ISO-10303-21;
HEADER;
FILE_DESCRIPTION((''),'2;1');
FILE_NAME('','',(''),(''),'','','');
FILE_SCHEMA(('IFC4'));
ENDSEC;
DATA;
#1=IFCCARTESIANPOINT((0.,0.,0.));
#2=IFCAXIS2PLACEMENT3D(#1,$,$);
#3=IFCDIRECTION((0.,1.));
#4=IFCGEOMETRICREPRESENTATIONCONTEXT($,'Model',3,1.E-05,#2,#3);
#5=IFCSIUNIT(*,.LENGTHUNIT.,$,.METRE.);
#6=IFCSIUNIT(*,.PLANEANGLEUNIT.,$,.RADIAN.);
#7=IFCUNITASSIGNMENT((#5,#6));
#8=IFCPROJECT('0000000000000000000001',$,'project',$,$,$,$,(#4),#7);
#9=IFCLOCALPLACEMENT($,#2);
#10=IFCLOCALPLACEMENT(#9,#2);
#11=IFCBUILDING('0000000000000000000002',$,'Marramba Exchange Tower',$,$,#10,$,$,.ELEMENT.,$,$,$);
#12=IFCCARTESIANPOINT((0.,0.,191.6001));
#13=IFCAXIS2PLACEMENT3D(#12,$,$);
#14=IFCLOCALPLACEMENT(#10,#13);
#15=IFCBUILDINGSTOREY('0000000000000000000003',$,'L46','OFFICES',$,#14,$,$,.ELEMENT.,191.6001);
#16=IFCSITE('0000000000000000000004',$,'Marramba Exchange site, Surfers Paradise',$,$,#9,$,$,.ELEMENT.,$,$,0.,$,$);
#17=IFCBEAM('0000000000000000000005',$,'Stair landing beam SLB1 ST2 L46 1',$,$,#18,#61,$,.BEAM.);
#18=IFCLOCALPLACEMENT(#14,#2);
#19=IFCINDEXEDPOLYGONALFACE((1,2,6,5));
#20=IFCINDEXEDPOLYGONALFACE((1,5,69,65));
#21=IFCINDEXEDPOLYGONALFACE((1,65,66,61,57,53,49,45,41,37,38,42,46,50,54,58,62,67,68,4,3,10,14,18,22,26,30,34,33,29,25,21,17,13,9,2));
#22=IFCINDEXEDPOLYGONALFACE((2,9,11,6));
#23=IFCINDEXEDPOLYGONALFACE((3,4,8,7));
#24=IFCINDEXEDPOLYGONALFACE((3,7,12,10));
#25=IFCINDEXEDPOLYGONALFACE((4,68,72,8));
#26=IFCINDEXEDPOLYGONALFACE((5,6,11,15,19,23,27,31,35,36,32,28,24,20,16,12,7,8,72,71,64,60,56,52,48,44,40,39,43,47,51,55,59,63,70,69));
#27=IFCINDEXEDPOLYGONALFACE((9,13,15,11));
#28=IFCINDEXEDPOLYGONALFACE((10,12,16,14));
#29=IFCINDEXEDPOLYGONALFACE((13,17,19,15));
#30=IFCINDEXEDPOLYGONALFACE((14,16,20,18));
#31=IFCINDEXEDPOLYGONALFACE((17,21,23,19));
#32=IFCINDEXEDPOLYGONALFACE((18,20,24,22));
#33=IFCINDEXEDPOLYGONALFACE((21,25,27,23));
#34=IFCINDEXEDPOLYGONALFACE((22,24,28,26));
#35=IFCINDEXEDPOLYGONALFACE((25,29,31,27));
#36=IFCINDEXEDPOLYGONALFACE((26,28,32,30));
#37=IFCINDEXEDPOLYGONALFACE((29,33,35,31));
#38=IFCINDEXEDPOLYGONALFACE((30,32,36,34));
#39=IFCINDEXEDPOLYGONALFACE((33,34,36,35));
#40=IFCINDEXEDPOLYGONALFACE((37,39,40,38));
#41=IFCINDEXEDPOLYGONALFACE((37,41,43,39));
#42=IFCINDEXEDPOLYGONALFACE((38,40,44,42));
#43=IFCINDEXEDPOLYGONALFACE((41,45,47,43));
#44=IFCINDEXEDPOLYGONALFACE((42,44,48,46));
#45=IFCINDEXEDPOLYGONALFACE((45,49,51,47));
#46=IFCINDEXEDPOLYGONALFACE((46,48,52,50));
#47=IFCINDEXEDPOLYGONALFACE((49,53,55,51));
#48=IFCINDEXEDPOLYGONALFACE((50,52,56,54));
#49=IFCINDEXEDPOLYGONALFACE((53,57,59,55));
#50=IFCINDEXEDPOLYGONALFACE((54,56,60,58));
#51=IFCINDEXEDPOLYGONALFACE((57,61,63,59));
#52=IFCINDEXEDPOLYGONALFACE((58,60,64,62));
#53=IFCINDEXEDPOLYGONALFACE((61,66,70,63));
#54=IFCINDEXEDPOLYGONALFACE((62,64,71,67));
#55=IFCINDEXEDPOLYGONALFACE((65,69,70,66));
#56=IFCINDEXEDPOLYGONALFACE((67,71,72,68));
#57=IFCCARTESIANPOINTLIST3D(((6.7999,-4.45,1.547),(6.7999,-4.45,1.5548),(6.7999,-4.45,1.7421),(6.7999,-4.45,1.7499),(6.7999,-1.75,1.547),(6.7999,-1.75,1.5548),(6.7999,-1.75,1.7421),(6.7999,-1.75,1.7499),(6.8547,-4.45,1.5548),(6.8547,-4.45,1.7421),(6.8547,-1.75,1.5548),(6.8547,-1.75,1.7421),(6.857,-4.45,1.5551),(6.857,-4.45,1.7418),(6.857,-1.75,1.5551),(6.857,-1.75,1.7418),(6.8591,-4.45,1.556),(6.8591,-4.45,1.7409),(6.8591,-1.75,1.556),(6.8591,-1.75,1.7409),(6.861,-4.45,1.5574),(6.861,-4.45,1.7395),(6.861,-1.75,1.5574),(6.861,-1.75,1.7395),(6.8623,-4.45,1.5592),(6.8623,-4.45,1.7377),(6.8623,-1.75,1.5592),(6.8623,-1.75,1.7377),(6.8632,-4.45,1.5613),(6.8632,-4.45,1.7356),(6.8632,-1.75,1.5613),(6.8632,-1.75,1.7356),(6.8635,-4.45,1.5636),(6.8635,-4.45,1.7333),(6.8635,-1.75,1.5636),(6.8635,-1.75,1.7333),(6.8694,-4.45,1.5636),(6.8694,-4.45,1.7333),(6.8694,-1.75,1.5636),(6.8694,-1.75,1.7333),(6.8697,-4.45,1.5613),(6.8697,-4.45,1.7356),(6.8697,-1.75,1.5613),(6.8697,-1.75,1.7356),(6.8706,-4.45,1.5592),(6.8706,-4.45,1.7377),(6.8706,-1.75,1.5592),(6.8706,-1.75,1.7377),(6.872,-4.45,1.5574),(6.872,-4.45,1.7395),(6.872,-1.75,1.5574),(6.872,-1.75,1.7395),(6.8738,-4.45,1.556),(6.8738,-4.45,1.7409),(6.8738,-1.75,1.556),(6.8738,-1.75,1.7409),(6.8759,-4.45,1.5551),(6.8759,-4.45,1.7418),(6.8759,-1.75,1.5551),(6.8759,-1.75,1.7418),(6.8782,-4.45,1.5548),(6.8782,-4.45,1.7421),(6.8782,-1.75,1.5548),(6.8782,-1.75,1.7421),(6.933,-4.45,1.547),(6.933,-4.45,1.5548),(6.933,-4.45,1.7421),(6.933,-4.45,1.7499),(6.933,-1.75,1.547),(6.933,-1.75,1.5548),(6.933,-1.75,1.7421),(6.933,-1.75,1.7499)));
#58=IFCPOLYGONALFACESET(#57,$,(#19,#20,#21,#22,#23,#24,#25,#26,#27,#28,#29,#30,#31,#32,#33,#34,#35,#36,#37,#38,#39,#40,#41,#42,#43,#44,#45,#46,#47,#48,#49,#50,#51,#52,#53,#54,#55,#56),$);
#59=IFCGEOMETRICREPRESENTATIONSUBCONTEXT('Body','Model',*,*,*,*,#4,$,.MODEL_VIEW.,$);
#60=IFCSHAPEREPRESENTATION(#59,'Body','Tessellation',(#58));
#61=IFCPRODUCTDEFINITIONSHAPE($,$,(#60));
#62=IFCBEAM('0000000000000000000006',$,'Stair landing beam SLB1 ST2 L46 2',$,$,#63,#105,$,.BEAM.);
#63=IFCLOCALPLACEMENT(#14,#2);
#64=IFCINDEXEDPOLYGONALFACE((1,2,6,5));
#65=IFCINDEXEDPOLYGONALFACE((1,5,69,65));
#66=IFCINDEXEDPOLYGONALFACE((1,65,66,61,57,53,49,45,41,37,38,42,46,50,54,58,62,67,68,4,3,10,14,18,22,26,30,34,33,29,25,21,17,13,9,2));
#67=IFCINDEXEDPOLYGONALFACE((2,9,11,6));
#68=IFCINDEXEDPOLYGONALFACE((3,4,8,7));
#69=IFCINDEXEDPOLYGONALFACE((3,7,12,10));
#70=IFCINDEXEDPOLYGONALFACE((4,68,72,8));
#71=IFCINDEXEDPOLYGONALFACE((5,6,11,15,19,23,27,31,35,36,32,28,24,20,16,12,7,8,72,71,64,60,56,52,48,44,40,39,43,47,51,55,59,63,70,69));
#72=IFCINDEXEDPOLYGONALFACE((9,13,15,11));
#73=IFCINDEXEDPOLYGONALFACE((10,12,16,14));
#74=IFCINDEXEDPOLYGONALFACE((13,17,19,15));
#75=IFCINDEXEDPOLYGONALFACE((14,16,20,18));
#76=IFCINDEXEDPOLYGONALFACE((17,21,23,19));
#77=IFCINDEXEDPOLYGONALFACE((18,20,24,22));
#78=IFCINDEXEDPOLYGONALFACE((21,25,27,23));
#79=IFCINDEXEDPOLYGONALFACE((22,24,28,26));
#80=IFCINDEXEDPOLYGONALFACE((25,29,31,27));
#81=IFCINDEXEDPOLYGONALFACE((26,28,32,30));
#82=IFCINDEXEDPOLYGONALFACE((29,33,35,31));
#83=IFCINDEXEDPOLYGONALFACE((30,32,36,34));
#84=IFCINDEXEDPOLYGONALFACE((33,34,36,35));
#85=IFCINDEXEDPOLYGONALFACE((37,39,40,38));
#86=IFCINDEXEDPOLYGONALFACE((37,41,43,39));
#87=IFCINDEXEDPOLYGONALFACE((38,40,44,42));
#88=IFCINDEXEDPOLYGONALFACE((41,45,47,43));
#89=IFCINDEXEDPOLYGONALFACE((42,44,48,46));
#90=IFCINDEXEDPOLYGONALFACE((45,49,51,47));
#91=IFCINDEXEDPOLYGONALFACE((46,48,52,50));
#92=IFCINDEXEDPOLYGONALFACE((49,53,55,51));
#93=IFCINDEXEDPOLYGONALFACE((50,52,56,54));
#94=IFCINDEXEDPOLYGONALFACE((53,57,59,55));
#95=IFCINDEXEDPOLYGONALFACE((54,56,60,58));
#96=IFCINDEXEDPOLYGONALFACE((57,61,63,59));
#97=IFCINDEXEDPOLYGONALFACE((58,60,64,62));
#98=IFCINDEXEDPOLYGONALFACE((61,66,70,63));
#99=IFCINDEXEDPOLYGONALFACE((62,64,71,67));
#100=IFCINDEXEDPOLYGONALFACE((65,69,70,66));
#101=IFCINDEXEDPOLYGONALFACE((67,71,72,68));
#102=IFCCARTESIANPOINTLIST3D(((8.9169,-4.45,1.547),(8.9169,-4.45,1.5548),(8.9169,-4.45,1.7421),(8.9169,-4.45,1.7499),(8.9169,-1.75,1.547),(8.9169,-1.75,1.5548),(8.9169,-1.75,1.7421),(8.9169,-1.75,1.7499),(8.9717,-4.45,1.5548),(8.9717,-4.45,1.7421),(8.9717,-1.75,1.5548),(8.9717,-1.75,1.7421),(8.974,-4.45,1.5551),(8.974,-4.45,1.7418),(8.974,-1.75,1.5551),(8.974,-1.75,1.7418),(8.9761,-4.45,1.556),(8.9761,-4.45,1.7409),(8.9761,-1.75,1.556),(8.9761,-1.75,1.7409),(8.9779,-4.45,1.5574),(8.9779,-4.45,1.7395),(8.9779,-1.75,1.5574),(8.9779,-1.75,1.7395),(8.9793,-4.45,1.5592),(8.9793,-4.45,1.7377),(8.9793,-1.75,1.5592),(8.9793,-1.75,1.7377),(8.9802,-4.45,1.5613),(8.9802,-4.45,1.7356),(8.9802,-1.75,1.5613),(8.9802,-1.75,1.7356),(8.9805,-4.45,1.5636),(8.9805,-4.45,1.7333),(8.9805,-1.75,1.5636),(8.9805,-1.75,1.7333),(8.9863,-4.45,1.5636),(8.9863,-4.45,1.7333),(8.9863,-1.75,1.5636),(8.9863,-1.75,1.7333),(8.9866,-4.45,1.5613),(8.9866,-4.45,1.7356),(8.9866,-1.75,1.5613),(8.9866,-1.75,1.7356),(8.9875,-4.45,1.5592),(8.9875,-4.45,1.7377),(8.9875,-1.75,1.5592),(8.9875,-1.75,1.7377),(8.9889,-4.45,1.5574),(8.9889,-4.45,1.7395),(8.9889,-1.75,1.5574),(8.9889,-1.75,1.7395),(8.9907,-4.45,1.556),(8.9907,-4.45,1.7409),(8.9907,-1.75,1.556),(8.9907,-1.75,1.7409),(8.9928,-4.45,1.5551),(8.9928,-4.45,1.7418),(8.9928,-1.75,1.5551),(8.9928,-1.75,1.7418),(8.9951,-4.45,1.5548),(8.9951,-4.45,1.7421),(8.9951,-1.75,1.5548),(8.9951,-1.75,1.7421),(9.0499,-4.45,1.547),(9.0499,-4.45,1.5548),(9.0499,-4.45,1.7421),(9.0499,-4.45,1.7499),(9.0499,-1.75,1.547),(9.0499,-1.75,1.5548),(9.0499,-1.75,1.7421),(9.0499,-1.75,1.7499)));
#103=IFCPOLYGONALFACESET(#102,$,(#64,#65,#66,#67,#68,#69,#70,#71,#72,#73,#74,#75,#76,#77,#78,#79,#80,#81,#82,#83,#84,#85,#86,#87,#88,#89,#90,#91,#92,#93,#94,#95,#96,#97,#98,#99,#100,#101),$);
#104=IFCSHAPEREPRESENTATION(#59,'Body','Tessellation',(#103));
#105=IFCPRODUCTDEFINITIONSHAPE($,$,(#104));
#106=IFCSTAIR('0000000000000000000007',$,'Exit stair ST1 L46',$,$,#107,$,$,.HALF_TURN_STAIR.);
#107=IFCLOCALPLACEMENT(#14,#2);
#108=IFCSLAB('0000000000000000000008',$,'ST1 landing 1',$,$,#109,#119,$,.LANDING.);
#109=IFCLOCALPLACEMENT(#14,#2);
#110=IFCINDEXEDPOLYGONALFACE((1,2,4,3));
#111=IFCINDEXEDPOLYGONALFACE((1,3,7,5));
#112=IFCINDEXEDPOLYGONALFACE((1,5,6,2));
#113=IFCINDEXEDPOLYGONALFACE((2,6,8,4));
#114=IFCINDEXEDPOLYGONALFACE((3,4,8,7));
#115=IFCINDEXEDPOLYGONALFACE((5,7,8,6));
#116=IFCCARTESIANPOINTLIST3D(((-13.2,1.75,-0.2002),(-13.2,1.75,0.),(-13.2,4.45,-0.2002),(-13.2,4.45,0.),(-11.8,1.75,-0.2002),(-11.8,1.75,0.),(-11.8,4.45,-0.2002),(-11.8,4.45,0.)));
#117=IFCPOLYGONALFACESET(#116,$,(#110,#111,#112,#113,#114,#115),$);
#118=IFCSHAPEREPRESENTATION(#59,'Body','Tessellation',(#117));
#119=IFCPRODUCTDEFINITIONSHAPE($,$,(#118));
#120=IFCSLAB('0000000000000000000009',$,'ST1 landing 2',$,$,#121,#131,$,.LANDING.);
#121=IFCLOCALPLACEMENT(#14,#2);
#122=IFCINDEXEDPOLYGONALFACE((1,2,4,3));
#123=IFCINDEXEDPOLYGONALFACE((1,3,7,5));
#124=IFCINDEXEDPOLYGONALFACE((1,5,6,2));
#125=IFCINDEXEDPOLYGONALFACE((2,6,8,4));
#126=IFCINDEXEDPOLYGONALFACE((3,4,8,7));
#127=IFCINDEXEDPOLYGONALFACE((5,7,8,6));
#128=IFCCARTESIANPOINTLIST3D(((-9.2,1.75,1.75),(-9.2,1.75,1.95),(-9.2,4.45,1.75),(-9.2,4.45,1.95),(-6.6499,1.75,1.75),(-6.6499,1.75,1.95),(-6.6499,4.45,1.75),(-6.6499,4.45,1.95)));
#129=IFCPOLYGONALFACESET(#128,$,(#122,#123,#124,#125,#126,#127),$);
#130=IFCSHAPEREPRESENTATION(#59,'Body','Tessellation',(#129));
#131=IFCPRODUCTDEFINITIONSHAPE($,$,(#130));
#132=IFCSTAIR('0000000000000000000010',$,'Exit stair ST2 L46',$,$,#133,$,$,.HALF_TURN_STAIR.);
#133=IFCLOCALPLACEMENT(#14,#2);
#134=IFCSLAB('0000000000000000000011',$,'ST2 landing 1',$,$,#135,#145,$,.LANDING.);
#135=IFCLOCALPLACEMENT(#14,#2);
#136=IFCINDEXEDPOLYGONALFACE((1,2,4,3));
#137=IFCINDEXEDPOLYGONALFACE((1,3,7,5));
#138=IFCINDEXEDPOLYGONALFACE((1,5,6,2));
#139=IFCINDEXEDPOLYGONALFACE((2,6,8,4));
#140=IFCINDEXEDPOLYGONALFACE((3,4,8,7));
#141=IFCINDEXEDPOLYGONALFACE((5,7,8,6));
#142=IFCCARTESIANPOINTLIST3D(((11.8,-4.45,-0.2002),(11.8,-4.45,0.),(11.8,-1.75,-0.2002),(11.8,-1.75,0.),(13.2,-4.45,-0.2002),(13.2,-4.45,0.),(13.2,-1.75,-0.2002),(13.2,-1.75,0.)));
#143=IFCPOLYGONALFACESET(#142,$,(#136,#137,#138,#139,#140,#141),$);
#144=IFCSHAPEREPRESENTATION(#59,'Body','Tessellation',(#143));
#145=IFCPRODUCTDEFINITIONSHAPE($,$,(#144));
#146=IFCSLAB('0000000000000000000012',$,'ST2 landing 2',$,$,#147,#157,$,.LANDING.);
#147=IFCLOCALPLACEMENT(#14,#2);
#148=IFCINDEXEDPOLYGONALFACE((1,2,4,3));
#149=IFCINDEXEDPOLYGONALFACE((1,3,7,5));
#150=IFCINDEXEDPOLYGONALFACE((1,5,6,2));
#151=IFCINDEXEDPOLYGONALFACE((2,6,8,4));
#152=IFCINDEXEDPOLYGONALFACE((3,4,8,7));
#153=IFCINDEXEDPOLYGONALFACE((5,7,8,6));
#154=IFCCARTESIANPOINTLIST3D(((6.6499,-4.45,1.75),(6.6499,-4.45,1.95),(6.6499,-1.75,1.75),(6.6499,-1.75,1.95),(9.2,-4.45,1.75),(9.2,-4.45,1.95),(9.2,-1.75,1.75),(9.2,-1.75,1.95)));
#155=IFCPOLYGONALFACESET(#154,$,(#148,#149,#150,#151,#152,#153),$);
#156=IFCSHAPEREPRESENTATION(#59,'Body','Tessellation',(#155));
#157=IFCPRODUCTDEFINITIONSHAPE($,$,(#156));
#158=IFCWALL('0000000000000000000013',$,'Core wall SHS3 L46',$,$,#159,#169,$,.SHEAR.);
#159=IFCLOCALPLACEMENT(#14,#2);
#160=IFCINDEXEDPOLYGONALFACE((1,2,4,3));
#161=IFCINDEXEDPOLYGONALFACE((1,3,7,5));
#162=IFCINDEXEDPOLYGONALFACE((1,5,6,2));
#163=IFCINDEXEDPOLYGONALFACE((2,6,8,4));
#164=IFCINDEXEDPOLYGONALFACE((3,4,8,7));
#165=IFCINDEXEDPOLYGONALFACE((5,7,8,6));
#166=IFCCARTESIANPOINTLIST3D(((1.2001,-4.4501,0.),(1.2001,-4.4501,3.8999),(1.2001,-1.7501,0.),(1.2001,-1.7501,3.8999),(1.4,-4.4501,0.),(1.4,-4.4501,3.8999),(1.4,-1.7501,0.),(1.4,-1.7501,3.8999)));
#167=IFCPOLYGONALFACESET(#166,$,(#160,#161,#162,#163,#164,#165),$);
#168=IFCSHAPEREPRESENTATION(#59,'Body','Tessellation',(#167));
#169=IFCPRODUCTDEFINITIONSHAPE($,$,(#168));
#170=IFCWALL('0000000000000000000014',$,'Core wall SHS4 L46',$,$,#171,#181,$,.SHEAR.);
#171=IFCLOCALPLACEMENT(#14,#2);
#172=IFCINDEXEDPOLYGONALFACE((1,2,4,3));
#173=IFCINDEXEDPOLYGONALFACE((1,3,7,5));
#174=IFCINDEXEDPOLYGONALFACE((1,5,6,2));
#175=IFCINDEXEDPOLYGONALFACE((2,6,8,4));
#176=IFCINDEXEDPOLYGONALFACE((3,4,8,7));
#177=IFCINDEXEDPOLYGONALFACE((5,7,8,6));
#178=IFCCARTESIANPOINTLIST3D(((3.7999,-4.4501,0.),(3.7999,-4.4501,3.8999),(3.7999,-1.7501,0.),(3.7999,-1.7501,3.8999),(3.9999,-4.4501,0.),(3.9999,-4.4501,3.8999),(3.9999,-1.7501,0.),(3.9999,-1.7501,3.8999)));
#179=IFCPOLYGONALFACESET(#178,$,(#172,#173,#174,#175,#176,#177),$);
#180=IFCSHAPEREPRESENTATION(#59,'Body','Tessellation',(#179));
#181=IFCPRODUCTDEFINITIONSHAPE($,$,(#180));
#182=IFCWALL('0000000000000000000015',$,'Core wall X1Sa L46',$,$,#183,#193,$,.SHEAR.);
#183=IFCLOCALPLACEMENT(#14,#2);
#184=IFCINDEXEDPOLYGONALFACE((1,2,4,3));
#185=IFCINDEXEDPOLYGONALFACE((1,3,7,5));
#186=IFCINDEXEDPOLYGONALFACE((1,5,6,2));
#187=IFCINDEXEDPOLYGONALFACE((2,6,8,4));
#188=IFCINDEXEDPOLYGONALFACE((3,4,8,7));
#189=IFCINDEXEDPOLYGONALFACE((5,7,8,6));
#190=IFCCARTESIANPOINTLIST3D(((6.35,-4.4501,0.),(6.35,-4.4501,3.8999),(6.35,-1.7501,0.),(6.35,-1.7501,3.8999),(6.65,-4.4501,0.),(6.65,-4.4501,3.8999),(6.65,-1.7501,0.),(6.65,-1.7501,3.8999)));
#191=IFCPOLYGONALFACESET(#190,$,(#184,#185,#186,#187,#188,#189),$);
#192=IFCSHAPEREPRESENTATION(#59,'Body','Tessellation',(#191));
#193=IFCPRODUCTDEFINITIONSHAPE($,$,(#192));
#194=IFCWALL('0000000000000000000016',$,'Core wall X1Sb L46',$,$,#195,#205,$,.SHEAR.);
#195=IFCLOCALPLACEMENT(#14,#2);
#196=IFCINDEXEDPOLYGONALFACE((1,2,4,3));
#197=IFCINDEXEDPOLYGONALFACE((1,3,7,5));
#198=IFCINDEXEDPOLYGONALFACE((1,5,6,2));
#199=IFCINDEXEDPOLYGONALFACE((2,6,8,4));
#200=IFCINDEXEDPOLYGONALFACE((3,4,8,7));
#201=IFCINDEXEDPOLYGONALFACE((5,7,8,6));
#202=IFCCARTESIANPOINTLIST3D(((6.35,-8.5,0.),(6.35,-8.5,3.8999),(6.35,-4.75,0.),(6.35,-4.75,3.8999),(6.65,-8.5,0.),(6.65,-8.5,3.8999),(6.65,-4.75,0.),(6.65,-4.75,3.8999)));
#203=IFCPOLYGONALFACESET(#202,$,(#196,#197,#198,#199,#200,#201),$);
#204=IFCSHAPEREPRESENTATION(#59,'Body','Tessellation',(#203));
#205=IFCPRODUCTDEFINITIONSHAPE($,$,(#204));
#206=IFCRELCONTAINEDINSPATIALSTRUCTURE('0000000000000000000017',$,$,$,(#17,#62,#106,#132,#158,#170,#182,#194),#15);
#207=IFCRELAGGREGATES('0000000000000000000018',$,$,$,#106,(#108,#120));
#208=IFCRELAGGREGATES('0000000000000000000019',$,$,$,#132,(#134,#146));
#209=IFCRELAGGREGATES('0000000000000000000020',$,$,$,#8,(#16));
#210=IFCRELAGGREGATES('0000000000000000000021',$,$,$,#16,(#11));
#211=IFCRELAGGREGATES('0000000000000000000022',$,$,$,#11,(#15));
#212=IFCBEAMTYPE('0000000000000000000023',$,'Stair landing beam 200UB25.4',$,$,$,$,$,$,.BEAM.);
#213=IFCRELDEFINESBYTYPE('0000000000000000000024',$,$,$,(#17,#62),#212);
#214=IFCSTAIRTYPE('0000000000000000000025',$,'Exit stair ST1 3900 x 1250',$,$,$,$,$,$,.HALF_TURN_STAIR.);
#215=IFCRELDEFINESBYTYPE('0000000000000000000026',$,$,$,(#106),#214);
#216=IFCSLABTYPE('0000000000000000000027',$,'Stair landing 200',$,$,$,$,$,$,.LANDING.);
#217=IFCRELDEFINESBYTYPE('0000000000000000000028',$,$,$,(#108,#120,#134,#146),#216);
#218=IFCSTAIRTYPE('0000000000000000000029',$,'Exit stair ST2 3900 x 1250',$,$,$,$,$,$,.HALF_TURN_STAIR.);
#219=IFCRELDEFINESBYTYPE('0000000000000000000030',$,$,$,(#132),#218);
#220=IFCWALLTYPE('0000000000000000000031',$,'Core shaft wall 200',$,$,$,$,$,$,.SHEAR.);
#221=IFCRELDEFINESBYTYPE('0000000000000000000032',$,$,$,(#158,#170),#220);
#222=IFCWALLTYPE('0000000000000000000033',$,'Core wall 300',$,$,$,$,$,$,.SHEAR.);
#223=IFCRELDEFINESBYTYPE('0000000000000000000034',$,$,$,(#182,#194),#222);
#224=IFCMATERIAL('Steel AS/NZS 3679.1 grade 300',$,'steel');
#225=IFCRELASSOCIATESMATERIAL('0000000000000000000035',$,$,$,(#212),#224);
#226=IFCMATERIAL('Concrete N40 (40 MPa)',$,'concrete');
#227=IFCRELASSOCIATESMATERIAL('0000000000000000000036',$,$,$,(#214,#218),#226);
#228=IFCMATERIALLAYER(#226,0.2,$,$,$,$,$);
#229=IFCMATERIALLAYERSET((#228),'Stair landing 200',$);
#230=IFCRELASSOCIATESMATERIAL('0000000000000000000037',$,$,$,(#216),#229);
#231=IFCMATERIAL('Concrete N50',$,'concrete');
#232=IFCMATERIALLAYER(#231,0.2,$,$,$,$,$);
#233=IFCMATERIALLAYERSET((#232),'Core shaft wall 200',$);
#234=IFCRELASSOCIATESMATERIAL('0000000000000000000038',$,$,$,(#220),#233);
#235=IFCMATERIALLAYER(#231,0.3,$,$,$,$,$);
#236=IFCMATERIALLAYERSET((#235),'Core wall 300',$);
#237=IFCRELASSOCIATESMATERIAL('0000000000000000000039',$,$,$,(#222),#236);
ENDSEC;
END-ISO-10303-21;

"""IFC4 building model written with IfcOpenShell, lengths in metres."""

from ifc_helpers import new_model, si_unit, direction, frame, frame_2d, origin, origin_2d, place, context, subcontext, project, spatial, polyline, rectangle, i_section, outline, extrude, material, layer, layer_set, material_profile, profile_set, type_object, element, aggregate, save


model = new_model("IFC4")

# Units and contexts
model_context = context("Model", 3, precision=1e-05, world=origin(), true_north=direction((0.0, 1.0)))
body_context = subcontext(model_context, "Body", "Model", "MODEL_VIEW")
ifc_project = project(units=[si_unit("LENGTHUNIT", "METRE"), si_unit("PLANEANGLEUNIT", "RADIAN")], contexts=[model_context])

# Site, building, storey
site_placement = place(None, origin())
site = spatial("IfcSite", under=ifc_project, at=site_placement, Name="Marramba Exchange site, Surfers Paradise", CompositionType="ELEMENT", RefElevation=0.0)
building_placement = place(site_placement, origin())
building = spatial("IfcBuilding", under=site, at=building_placement, Name="Marramba Exchange Tower", CompositionType="ELEMENT")
storey_placement = place(building_placement, frame((0.0, 0.0, 191.6001)))
storey = spatial("IfcBuildingStorey", under=building, at=storey_placement, Name="L46", Description="OFFICES", CompositionType="ELEMENT", Elevation=191.6001)

# Beams
ifc_material_1 = material(Name="Steel AS/NZS 3679.1 grade 300", Category="steel")
ifc_material_profile_1 = material_profile(ifc_material_1, i_section(OverallWidth=0.1331, OverallDepth=0.2029, WebThickness=0.0059, FlangeThickness=0.0078, FilletRadius=0.0088, at=origin_2d()), Name="200UB25.4")
ifc_profile_set_1 = profile_set([ifc_material_profile_1], Name="Steel AS/NZS 3679.1 grade 300")
beam_type_1 = type_object("IfcBeamType", Name="Stair landing beam 200UB25.4", PredefinedType="BEAM", material=ifc_profile_set_1)
for number, where, z_axis, x_axis, name in (
    (1, (6.8665, -4.45, 1.6484), (0.0, 1.0, 0.0), (-1.0, 0.0, 0.0), "Stair landing beam SLB1 ST2 L46 1"),
    (2, (8.9834, -4.45, 1.6484), (0.0, 1.0, 0.0), (-1.0, 0.0, 0.0), "Stair landing beam SLB1 ST2 L46 2"),
):
    element("IfcBeam", number, at=place(storey_placement, frame(where, z_axis=z_axis, x_axis=x_axis)), inside=storey, type_object=beam_type_1, Name=name, PredefinedType="BEAM", context=body_context, shape_type="SweptSolid", body=[
        extrude(i_section(OverallWidth=0.1331, OverallDepth=0.2029, WebThickness=0.0059, FlangeThickness=0.0078, FilletRadius=0.0088, at=origin_2d()), origin(), (0.0, 0.0, 1.0), 2.7),
    ])

# Stairs, slabs
ifc_material_2 = material(Name="Concrete N40 (40 MPa)", Category="concrete")
stair_type_1 = type_object("IfcStairType", Name="Exit stair ST1 3900 x 1250", PredefinedType="HALF_TURN_STAIR", material=ifc_material_2)
stair_1_placement = place(storey_placement, origin())
stair_1 = element("IfcStair", 3, at=stair_1_placement, inside=storey, type_object=stair_type_1, Name="Exit stair ST1 L46", PredefinedType="HALF_TURN_STAIR")
ifc_layer_1 = layer(ifc_material_2, 0.2)
ifc_layer_set_1 = layer_set([ifc_layer_1], Name="Stair landing 200")
slab_type = type_object("IfcSlabType", Name="Stair landing 200", PredefinedType="LANDING", material=ifc_layer_set_1)
slab_1_placement = place(storey_placement, frame((0.0, 0.0, -0.2002)))
slab_1 = element("IfcSlab", 4, at=slab_1_placement, type_object=slab_type, Name="ST1 landing 1", PredefinedType="LANDING", context=body_context, shape_type="SweptSolid", body=[
    extrude(outline(polyline([(-13.2, 1.75), (-11.8, 1.75), (-11.8, 4.45), (-13.2, 4.45), (-13.2, 1.75)])), origin(), (0.0, 0.0, 1.0), 0.2002),
])
slab_2_placement = place(storey_placement, frame((0.0, 0.0, 1.75)))
slab_2 = element("IfcSlab", 5, at=slab_2_placement, type_object=slab_type, Name="ST1 landing 2", PredefinedType="LANDING", context=body_context, shape_type="SweptSolid", body=[
    extrude(outline(polyline([(-9.2, 1.75), (-6.6499, 1.75), (-6.6499, 4.45), (-9.2, 4.45), (-9.2, 1.75)])), origin(), (0.0, 0.0, 1.0), 0.2),
])
aggregate(stair_1, [slab_1, slab_2])
stair_type_2 = type_object("IfcStairType", Name="Exit stair ST2 3900 x 1250", PredefinedType="HALF_TURN_STAIR", material=ifc_material_2)
stair_2_placement = place(storey_placement, origin())
stair_2 = element("IfcStair", 6, at=stair_2_placement, inside=storey, type_object=stair_type_2, Name="Exit stair ST2 L46", PredefinedType="HALF_TURN_STAIR")
slab_3_placement = place(storey_placement, frame((0.0, 0.0, -0.2002)))
slab_3 = element("IfcSlab", 7, at=slab_3_placement, type_object=slab_type, Name="ST2 landing 1", PredefinedType="LANDING", context=body_context, shape_type="SweptSolid", body=[
    extrude(outline(polyline([(11.8, -4.45), (13.2, -4.45), (13.2, -1.75), (11.8, -1.75), (11.8, -4.45)])), origin(), (0.0, 0.0, 1.0), 0.2002),
])
slab_4_placement = place(storey_placement, frame((0.0, 0.0, 1.75)))
slab_4 = element("IfcSlab", 8, at=slab_4_placement, type_object=slab_type, Name="ST2 landing 2", PredefinedType="LANDING", context=body_context, shape_type="SweptSolid", body=[
    extrude(outline(polyline([(6.6499, -4.45), (9.2, -4.45), (9.2, -1.75), (6.6499, -1.75), (6.6499, -4.45)])), origin(), (0.0, 0.0, 1.0), 0.2),
])

# Walls
ifc_material_3 = material(Name="Concrete N50", Category="concrete")
ifc_layer_2 = layer(ifc_material_3, 0.2)
ifc_layer_set_2 = layer_set([ifc_layer_2], Name="Core shaft wall 200")
wall_type_1 = type_object("IfcWallType", Name="Core shaft wall 200", PredefinedType="SHEAR", material=ifc_layer_set_2)
for number, where, z_axis, x_axis, name in (
    (9, (1.3, -1.75, 0.0), (0.0, 0.0, 1.0), (0.0, -1.0, 0.0), "Core wall SHS3 L46"),
    (10, (3.8999, -1.75, 0.0), (0.0, 0.0, 1.0), (0.0, -1.0, 0.0), "Core wall SHS4 L46"),
):
    element("IfcWall", number, at=place(storey_placement, frame(where, z_axis=z_axis, x_axis=x_axis)), inside=storey, type_object=wall_type_1, Name=name, PredefinedType="SHEAR", context=body_context, shape_type="SweptSolid", body=[
        extrude(rectangle(XDim=2.7, YDim=0.2, at=frame_2d((1.3501, 0.0))), origin(), (0.0, 0.0, 1.0), 3.8999),
    ])
ifc_layer_3 = layer(ifc_material_3, 0.3)
ifc_layer_set_3 = layer_set([ifc_layer_3], Name="Core wall 300")
wall_type_2 = type_object("IfcWallType", Name="Core wall 300", PredefinedType="SHEAR", material=ifc_layer_set_3)
wall_1_placement = place(storey_placement, frame((6.5, -1.75, 0.0), z_axis=(0.0, 0.0, 1.0), x_axis=(0.0, -1.0, 0.0)))
element("IfcWall", 11, at=wall_1_placement, inside=storey, type_object=wall_type_2, Name="Core wall X1Sa L46", PredefinedType="SHEAR", context=body_context, shape_type="SweptSolid", body=[
    extrude(rectangle(XDim=2.7, YDim=0.3, at=frame_2d((1.3501, 0.0))), origin(), (0.0, 0.0, 1.0), 3.8999),
])
wall_2_placement = place(storey_placement, frame((6.5, -4.75, 0.0), z_axis=(0.0, 0.0, 1.0), x_axis=(0.0, -1.0, 0.0)))
element("IfcWall", 12, at=wall_2_placement, inside=storey, type_object=wall_type_2, Name="Core wall X1Sb L46", PredefinedType="SHEAR", context=body_context, shape_type="SweptSolid", body=[
    extrude(rectangle(XDim=3.75, YDim=0.3, at=frame_2d((1.875, 0.0))), origin(), (0.0, 0.0, 1.0), 3.8999),
])

aggregate(stair_2, [slab_3, slab_4])

save(model, "model.ifc")
